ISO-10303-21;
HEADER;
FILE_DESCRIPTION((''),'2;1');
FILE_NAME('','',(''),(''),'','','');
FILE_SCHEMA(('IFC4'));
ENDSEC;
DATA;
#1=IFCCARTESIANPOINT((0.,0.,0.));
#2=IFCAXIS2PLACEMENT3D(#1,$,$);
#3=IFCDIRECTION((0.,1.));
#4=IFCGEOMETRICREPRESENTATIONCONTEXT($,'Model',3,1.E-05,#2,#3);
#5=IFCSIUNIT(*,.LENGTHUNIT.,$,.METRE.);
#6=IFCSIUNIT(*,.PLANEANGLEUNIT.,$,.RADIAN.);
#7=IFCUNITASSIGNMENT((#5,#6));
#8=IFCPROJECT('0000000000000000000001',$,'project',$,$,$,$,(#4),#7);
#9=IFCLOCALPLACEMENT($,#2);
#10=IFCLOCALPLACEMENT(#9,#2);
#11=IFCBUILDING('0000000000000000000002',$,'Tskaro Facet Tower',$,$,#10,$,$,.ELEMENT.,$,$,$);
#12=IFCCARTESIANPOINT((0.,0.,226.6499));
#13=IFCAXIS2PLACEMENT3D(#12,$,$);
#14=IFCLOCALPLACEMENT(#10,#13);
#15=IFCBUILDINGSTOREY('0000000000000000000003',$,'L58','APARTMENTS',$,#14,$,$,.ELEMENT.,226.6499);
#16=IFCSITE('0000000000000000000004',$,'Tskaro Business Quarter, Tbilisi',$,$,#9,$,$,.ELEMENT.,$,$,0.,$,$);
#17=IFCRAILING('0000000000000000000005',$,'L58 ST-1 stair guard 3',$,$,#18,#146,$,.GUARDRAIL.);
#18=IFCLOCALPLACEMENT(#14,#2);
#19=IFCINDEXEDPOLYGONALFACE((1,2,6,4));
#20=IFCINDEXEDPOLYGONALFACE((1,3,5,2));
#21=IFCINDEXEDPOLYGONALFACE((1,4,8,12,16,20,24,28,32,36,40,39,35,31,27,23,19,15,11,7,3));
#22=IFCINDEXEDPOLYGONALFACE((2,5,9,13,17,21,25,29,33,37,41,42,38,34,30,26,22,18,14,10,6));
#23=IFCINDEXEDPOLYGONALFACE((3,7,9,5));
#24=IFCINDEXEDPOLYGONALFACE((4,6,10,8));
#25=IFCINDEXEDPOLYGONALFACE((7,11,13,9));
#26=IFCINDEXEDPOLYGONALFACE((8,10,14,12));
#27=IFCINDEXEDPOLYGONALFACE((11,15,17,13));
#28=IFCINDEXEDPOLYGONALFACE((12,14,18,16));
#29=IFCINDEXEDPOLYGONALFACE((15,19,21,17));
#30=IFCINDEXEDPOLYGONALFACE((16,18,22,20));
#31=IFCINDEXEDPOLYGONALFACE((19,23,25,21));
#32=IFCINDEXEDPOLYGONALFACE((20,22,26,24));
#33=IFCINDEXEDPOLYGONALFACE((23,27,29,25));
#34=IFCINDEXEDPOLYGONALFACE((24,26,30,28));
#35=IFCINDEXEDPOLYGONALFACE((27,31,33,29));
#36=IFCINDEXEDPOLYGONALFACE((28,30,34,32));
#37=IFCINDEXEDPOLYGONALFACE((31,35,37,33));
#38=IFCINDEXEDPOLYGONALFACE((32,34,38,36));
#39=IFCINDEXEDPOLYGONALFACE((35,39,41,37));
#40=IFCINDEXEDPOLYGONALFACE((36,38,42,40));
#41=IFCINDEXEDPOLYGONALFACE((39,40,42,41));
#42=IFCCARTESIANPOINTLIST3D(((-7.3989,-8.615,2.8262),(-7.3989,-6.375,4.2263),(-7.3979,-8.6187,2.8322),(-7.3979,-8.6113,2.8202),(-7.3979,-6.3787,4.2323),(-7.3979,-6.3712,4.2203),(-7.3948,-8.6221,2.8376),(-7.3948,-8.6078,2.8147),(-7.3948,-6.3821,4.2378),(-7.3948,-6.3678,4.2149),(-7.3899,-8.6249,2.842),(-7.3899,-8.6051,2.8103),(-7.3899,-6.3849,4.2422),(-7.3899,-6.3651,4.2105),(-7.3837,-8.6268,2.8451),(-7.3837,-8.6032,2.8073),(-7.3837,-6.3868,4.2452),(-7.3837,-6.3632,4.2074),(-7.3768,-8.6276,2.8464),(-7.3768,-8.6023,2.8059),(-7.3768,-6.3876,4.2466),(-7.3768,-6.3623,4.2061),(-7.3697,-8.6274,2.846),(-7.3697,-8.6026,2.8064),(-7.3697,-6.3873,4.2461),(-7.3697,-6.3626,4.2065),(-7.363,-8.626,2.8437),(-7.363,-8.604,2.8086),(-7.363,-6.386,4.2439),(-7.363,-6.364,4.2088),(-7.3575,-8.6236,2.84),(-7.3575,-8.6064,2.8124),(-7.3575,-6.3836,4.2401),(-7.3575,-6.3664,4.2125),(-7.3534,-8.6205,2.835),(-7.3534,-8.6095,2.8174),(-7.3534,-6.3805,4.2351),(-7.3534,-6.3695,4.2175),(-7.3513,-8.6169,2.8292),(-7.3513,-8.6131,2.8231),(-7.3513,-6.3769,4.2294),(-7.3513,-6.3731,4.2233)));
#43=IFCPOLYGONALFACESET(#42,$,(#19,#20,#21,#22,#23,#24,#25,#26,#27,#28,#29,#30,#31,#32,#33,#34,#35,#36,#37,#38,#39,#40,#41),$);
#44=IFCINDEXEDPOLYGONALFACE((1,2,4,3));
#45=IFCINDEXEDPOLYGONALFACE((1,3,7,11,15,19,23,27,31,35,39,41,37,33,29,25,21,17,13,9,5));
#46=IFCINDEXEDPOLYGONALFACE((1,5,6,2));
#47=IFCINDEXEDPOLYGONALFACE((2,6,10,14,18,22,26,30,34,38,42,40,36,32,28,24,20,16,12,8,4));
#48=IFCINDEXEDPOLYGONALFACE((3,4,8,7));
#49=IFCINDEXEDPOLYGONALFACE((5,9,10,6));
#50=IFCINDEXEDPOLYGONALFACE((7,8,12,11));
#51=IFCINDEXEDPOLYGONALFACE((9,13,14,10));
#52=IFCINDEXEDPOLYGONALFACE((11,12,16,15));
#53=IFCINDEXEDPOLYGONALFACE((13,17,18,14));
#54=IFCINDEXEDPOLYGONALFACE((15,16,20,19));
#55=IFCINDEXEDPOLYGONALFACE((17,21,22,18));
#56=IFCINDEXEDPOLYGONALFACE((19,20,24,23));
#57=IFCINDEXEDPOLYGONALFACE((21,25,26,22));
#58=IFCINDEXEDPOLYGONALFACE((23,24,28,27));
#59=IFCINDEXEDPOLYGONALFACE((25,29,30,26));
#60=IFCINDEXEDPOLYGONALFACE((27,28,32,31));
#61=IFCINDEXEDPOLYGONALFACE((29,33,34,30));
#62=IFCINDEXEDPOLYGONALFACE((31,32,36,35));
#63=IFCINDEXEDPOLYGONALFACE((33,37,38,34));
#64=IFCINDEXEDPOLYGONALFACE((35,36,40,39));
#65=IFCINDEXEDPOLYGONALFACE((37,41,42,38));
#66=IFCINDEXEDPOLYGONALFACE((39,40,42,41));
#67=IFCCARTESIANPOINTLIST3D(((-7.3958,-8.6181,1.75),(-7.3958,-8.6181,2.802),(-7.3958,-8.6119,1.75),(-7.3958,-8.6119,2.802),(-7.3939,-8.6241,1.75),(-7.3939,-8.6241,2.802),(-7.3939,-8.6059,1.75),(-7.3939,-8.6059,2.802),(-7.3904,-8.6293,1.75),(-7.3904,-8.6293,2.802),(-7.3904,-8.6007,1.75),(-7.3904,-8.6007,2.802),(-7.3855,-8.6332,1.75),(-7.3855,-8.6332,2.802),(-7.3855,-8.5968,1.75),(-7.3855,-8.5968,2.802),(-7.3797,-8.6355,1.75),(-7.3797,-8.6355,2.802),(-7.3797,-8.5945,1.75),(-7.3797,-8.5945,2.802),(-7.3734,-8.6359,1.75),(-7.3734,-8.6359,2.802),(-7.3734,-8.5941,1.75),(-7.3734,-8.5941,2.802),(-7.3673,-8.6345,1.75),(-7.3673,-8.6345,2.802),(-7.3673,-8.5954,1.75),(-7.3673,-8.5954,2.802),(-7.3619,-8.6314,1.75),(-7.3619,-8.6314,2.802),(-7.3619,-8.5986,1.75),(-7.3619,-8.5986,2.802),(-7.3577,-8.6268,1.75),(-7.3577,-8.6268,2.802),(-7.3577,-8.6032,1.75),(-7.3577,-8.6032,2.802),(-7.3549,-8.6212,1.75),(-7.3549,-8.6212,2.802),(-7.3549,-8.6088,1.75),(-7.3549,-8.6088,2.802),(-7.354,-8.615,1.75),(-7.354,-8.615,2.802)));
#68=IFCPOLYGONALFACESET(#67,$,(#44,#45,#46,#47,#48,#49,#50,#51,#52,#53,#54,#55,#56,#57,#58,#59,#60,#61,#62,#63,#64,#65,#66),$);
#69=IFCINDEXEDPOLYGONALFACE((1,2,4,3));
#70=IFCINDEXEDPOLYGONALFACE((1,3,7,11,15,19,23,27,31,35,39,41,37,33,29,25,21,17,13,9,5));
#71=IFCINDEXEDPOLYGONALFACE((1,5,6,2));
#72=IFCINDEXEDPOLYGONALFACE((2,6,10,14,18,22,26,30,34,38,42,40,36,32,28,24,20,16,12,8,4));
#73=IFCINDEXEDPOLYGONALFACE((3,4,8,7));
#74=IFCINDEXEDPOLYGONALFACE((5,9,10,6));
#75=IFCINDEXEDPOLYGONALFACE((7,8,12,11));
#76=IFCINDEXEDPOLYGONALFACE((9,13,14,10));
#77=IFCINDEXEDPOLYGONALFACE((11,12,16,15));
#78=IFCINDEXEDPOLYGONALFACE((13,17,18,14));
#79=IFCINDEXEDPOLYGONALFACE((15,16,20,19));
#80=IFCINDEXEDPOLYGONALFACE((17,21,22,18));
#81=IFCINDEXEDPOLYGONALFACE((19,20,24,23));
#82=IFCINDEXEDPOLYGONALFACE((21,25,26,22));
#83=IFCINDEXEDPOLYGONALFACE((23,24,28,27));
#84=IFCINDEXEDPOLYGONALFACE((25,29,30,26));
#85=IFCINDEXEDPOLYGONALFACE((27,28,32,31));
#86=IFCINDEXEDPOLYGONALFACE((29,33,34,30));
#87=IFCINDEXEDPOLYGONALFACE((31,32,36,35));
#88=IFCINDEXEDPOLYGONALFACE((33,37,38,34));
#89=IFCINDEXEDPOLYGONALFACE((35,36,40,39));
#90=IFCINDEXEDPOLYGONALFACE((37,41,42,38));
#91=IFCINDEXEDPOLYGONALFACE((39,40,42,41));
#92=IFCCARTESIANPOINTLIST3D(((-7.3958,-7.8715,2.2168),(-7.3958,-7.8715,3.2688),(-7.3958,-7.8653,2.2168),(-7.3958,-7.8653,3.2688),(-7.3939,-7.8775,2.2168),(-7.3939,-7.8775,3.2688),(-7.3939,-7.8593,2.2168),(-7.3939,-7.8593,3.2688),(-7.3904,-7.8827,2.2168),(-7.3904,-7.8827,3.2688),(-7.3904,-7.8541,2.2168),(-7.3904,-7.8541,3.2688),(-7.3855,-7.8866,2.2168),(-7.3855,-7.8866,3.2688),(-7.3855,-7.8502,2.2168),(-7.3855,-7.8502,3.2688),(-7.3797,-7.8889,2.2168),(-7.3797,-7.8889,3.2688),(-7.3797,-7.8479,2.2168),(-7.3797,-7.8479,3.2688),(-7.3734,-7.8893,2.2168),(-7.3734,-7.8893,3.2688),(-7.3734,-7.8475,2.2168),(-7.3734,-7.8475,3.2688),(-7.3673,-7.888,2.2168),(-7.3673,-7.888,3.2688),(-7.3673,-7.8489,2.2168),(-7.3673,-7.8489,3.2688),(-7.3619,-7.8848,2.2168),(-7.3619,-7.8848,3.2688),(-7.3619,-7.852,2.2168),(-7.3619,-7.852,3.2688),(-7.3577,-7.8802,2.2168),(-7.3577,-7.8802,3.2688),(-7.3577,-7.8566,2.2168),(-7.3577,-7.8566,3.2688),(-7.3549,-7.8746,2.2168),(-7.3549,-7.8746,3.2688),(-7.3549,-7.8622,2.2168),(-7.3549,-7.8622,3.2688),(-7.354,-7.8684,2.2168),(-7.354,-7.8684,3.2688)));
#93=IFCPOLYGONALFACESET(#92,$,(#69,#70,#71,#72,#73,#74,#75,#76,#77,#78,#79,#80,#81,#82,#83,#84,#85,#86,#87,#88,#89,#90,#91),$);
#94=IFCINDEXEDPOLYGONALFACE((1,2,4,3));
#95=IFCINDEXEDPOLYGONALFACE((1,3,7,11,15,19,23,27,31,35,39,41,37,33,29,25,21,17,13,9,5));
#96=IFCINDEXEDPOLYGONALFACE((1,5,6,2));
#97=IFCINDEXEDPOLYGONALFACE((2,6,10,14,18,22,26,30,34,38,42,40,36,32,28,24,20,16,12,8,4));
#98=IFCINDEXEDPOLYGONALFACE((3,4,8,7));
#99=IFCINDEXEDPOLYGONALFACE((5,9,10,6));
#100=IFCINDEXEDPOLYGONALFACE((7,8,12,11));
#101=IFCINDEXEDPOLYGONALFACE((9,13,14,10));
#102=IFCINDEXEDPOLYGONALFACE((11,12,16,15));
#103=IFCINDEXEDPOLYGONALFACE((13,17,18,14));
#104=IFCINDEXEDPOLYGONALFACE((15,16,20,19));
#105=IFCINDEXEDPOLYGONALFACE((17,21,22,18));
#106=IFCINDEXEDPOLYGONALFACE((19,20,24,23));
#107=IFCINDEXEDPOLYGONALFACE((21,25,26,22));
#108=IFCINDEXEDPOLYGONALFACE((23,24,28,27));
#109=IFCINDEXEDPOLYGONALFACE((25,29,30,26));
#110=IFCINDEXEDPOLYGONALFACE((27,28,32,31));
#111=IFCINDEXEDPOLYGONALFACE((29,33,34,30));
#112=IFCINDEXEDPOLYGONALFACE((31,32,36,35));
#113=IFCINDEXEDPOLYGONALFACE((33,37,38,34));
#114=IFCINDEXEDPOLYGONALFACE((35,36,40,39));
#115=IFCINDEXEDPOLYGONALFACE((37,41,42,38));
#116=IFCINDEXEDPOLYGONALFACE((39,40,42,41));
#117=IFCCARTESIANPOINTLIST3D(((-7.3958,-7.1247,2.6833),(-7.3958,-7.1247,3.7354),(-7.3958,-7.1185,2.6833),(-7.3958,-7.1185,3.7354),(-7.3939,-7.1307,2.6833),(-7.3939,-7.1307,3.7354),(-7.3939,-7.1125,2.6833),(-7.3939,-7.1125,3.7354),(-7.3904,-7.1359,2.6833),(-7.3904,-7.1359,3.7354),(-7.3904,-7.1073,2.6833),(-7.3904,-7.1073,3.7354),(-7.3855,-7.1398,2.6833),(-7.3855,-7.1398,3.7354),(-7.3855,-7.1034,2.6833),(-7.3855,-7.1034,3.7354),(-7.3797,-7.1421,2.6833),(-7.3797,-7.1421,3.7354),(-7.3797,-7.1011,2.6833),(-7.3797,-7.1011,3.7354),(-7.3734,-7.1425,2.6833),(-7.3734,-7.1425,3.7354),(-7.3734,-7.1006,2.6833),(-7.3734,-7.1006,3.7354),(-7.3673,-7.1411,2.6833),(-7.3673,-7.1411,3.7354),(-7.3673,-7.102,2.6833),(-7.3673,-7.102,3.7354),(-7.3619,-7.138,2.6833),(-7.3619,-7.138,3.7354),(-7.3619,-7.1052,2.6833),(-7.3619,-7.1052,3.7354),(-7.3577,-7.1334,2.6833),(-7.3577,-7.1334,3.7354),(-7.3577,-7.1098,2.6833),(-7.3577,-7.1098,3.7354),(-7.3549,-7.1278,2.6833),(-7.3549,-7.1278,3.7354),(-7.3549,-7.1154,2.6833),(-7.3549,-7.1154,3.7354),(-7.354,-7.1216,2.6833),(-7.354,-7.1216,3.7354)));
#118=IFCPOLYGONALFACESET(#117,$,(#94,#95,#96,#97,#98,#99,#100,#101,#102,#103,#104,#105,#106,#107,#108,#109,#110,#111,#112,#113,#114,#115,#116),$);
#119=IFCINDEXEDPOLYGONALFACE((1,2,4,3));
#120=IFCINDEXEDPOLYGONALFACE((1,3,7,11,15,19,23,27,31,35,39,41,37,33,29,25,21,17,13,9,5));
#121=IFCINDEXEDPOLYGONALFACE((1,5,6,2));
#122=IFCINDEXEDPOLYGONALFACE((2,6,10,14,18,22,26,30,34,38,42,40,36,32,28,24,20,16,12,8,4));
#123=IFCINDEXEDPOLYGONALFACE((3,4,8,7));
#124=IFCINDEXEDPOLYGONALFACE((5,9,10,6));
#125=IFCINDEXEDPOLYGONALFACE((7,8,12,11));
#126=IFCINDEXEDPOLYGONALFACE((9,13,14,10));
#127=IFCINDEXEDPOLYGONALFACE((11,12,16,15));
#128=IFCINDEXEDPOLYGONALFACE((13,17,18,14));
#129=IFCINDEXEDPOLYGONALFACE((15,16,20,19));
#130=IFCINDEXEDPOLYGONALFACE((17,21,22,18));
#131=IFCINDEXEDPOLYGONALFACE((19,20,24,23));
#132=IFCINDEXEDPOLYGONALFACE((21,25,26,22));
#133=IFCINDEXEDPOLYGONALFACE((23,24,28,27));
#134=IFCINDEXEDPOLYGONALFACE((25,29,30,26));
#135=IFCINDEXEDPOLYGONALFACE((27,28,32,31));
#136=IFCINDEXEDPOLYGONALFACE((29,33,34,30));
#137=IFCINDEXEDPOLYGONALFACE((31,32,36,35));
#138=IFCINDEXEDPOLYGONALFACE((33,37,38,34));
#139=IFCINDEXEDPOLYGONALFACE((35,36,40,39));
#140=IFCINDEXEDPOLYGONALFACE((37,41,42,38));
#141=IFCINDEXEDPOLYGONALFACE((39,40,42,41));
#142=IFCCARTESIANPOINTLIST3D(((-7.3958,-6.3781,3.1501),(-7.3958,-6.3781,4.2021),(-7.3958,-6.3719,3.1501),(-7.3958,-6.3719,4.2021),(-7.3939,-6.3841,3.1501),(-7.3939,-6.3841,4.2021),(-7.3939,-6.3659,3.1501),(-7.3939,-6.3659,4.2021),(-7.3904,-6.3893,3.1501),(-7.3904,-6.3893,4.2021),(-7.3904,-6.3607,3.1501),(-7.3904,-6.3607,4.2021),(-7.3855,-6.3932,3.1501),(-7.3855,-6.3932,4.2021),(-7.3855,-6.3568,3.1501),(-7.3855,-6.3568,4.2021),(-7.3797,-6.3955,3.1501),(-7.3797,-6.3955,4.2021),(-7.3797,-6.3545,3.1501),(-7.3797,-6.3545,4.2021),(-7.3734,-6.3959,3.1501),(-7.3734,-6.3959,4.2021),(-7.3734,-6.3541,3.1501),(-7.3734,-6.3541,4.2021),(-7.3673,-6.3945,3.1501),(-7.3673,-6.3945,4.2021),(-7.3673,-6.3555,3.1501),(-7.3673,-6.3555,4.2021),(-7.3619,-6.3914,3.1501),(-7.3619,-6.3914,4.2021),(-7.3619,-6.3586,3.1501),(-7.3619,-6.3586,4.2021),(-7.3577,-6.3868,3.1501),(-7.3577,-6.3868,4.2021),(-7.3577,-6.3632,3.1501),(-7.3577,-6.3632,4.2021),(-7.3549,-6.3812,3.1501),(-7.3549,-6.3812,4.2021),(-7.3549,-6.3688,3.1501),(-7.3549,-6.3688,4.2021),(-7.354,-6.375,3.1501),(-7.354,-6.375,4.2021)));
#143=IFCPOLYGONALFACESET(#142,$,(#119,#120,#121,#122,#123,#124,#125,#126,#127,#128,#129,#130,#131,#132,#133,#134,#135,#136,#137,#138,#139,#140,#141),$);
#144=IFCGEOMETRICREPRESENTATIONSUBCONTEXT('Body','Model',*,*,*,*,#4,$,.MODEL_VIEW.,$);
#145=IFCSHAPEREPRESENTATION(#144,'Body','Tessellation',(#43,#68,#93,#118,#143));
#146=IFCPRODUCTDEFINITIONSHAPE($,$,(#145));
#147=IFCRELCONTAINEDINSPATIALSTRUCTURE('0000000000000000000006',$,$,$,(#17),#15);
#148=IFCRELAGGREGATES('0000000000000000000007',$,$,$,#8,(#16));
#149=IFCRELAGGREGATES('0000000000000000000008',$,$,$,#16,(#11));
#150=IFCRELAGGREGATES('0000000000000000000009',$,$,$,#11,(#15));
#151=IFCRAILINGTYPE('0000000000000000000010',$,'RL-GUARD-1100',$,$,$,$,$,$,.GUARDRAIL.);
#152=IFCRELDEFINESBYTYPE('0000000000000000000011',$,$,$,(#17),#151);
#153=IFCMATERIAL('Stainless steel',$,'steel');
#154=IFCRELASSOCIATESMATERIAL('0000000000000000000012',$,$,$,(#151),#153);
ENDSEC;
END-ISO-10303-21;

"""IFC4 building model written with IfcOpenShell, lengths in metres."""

from ifc_helpers import new_model, si_unit, direction, frame, origin, origin_2d, place, context, subcontext, project, spatial, circle, extrude, material, type_object, element, save


model = new_model("IFC4")

# Units and contexts
model_context = context("Model", 3, precision=1e-05, world=origin(), true_north=direction((0.0, 1.0)))
body_context = subcontext(model_context, "Body", "Model", "MODEL_VIEW")
ifc_project = project(units=[si_unit("LENGTHUNIT", "METRE"), si_unit("PLANEANGLEUNIT", "RADIAN")], contexts=[model_context])

# Site, building, storey
site_placement = place(None, origin())
site = spatial("IfcSite", under=ifc_project, at=site_placement, Name="Tskaro Business Quarter, Tbilisi", CompositionType="ELEMENT", RefElevation=0.0)
building_placement = place(site_placement, origin())
building = spatial("IfcBuilding", under=site, at=building_placement, Name="Tskaro Facet Tower", CompositionType="ELEMENT")
storey_placement = place(building_placement, frame((0.0, 0.0, 226.6499)))
storey = spatial("IfcBuildingStorey", under=building, at=storey_placement, Name="L58", Description="APARTMENTS", CompositionType="ELEMENT", Elevation=226.6499)

# Shared definitions
ifc_material_1 = material(Name="Stainless steel", Category="steel")

# Railing
railing_type_1 = type_object("IfcRailingType", Name="RL-GUARD-1100", PredefinedType="GUARDRAIL", material=ifc_material_1)
railing_1_placement = place(storey_placement, frame((-7.375, -8.615, 1.75)))
element("IfcRailing", 1, at=railing_1_placement, inside=storey, type_object=railing_type_1, Name="L58 ST-1 stair guard 3", PredefinedType="GUARDRAIL", context=body_context, shape_type="SweptSolid", body=[
    extrude(circle(Radius=0.0239, at=origin_2d()), frame((0.0, 0.0, 1.0762), z_axis=(0.0, 0.847972, 0.53004), x_axis=(-1.0, 0.0, 0.0)), (0.0, 0.0, 1.0), 2.6416),
    extrude(circle(Radius=0.021, at=origin_2d()), origin(), (0.0, 0.0, 1.0), 1.052),
    extrude(circle(Radius=0.021, at=origin_2d()), frame((0.0, 0.7466, 0.4668)), (0.0, 0.0, 1.0), 1.052),
    extrude(circle(Radius=0.021, at=origin_2d()), frame((0.0, 1.4934, 0.9333)), (0.0, 0.0, 1.0), 1.052),
    extrude(circle(Radius=0.021, at=origin_2d()), frame((0.0, 2.24, 1.4001)), (0.0, 0.0, 1.0), 1.052),
])

save(model, "model.ifc")
